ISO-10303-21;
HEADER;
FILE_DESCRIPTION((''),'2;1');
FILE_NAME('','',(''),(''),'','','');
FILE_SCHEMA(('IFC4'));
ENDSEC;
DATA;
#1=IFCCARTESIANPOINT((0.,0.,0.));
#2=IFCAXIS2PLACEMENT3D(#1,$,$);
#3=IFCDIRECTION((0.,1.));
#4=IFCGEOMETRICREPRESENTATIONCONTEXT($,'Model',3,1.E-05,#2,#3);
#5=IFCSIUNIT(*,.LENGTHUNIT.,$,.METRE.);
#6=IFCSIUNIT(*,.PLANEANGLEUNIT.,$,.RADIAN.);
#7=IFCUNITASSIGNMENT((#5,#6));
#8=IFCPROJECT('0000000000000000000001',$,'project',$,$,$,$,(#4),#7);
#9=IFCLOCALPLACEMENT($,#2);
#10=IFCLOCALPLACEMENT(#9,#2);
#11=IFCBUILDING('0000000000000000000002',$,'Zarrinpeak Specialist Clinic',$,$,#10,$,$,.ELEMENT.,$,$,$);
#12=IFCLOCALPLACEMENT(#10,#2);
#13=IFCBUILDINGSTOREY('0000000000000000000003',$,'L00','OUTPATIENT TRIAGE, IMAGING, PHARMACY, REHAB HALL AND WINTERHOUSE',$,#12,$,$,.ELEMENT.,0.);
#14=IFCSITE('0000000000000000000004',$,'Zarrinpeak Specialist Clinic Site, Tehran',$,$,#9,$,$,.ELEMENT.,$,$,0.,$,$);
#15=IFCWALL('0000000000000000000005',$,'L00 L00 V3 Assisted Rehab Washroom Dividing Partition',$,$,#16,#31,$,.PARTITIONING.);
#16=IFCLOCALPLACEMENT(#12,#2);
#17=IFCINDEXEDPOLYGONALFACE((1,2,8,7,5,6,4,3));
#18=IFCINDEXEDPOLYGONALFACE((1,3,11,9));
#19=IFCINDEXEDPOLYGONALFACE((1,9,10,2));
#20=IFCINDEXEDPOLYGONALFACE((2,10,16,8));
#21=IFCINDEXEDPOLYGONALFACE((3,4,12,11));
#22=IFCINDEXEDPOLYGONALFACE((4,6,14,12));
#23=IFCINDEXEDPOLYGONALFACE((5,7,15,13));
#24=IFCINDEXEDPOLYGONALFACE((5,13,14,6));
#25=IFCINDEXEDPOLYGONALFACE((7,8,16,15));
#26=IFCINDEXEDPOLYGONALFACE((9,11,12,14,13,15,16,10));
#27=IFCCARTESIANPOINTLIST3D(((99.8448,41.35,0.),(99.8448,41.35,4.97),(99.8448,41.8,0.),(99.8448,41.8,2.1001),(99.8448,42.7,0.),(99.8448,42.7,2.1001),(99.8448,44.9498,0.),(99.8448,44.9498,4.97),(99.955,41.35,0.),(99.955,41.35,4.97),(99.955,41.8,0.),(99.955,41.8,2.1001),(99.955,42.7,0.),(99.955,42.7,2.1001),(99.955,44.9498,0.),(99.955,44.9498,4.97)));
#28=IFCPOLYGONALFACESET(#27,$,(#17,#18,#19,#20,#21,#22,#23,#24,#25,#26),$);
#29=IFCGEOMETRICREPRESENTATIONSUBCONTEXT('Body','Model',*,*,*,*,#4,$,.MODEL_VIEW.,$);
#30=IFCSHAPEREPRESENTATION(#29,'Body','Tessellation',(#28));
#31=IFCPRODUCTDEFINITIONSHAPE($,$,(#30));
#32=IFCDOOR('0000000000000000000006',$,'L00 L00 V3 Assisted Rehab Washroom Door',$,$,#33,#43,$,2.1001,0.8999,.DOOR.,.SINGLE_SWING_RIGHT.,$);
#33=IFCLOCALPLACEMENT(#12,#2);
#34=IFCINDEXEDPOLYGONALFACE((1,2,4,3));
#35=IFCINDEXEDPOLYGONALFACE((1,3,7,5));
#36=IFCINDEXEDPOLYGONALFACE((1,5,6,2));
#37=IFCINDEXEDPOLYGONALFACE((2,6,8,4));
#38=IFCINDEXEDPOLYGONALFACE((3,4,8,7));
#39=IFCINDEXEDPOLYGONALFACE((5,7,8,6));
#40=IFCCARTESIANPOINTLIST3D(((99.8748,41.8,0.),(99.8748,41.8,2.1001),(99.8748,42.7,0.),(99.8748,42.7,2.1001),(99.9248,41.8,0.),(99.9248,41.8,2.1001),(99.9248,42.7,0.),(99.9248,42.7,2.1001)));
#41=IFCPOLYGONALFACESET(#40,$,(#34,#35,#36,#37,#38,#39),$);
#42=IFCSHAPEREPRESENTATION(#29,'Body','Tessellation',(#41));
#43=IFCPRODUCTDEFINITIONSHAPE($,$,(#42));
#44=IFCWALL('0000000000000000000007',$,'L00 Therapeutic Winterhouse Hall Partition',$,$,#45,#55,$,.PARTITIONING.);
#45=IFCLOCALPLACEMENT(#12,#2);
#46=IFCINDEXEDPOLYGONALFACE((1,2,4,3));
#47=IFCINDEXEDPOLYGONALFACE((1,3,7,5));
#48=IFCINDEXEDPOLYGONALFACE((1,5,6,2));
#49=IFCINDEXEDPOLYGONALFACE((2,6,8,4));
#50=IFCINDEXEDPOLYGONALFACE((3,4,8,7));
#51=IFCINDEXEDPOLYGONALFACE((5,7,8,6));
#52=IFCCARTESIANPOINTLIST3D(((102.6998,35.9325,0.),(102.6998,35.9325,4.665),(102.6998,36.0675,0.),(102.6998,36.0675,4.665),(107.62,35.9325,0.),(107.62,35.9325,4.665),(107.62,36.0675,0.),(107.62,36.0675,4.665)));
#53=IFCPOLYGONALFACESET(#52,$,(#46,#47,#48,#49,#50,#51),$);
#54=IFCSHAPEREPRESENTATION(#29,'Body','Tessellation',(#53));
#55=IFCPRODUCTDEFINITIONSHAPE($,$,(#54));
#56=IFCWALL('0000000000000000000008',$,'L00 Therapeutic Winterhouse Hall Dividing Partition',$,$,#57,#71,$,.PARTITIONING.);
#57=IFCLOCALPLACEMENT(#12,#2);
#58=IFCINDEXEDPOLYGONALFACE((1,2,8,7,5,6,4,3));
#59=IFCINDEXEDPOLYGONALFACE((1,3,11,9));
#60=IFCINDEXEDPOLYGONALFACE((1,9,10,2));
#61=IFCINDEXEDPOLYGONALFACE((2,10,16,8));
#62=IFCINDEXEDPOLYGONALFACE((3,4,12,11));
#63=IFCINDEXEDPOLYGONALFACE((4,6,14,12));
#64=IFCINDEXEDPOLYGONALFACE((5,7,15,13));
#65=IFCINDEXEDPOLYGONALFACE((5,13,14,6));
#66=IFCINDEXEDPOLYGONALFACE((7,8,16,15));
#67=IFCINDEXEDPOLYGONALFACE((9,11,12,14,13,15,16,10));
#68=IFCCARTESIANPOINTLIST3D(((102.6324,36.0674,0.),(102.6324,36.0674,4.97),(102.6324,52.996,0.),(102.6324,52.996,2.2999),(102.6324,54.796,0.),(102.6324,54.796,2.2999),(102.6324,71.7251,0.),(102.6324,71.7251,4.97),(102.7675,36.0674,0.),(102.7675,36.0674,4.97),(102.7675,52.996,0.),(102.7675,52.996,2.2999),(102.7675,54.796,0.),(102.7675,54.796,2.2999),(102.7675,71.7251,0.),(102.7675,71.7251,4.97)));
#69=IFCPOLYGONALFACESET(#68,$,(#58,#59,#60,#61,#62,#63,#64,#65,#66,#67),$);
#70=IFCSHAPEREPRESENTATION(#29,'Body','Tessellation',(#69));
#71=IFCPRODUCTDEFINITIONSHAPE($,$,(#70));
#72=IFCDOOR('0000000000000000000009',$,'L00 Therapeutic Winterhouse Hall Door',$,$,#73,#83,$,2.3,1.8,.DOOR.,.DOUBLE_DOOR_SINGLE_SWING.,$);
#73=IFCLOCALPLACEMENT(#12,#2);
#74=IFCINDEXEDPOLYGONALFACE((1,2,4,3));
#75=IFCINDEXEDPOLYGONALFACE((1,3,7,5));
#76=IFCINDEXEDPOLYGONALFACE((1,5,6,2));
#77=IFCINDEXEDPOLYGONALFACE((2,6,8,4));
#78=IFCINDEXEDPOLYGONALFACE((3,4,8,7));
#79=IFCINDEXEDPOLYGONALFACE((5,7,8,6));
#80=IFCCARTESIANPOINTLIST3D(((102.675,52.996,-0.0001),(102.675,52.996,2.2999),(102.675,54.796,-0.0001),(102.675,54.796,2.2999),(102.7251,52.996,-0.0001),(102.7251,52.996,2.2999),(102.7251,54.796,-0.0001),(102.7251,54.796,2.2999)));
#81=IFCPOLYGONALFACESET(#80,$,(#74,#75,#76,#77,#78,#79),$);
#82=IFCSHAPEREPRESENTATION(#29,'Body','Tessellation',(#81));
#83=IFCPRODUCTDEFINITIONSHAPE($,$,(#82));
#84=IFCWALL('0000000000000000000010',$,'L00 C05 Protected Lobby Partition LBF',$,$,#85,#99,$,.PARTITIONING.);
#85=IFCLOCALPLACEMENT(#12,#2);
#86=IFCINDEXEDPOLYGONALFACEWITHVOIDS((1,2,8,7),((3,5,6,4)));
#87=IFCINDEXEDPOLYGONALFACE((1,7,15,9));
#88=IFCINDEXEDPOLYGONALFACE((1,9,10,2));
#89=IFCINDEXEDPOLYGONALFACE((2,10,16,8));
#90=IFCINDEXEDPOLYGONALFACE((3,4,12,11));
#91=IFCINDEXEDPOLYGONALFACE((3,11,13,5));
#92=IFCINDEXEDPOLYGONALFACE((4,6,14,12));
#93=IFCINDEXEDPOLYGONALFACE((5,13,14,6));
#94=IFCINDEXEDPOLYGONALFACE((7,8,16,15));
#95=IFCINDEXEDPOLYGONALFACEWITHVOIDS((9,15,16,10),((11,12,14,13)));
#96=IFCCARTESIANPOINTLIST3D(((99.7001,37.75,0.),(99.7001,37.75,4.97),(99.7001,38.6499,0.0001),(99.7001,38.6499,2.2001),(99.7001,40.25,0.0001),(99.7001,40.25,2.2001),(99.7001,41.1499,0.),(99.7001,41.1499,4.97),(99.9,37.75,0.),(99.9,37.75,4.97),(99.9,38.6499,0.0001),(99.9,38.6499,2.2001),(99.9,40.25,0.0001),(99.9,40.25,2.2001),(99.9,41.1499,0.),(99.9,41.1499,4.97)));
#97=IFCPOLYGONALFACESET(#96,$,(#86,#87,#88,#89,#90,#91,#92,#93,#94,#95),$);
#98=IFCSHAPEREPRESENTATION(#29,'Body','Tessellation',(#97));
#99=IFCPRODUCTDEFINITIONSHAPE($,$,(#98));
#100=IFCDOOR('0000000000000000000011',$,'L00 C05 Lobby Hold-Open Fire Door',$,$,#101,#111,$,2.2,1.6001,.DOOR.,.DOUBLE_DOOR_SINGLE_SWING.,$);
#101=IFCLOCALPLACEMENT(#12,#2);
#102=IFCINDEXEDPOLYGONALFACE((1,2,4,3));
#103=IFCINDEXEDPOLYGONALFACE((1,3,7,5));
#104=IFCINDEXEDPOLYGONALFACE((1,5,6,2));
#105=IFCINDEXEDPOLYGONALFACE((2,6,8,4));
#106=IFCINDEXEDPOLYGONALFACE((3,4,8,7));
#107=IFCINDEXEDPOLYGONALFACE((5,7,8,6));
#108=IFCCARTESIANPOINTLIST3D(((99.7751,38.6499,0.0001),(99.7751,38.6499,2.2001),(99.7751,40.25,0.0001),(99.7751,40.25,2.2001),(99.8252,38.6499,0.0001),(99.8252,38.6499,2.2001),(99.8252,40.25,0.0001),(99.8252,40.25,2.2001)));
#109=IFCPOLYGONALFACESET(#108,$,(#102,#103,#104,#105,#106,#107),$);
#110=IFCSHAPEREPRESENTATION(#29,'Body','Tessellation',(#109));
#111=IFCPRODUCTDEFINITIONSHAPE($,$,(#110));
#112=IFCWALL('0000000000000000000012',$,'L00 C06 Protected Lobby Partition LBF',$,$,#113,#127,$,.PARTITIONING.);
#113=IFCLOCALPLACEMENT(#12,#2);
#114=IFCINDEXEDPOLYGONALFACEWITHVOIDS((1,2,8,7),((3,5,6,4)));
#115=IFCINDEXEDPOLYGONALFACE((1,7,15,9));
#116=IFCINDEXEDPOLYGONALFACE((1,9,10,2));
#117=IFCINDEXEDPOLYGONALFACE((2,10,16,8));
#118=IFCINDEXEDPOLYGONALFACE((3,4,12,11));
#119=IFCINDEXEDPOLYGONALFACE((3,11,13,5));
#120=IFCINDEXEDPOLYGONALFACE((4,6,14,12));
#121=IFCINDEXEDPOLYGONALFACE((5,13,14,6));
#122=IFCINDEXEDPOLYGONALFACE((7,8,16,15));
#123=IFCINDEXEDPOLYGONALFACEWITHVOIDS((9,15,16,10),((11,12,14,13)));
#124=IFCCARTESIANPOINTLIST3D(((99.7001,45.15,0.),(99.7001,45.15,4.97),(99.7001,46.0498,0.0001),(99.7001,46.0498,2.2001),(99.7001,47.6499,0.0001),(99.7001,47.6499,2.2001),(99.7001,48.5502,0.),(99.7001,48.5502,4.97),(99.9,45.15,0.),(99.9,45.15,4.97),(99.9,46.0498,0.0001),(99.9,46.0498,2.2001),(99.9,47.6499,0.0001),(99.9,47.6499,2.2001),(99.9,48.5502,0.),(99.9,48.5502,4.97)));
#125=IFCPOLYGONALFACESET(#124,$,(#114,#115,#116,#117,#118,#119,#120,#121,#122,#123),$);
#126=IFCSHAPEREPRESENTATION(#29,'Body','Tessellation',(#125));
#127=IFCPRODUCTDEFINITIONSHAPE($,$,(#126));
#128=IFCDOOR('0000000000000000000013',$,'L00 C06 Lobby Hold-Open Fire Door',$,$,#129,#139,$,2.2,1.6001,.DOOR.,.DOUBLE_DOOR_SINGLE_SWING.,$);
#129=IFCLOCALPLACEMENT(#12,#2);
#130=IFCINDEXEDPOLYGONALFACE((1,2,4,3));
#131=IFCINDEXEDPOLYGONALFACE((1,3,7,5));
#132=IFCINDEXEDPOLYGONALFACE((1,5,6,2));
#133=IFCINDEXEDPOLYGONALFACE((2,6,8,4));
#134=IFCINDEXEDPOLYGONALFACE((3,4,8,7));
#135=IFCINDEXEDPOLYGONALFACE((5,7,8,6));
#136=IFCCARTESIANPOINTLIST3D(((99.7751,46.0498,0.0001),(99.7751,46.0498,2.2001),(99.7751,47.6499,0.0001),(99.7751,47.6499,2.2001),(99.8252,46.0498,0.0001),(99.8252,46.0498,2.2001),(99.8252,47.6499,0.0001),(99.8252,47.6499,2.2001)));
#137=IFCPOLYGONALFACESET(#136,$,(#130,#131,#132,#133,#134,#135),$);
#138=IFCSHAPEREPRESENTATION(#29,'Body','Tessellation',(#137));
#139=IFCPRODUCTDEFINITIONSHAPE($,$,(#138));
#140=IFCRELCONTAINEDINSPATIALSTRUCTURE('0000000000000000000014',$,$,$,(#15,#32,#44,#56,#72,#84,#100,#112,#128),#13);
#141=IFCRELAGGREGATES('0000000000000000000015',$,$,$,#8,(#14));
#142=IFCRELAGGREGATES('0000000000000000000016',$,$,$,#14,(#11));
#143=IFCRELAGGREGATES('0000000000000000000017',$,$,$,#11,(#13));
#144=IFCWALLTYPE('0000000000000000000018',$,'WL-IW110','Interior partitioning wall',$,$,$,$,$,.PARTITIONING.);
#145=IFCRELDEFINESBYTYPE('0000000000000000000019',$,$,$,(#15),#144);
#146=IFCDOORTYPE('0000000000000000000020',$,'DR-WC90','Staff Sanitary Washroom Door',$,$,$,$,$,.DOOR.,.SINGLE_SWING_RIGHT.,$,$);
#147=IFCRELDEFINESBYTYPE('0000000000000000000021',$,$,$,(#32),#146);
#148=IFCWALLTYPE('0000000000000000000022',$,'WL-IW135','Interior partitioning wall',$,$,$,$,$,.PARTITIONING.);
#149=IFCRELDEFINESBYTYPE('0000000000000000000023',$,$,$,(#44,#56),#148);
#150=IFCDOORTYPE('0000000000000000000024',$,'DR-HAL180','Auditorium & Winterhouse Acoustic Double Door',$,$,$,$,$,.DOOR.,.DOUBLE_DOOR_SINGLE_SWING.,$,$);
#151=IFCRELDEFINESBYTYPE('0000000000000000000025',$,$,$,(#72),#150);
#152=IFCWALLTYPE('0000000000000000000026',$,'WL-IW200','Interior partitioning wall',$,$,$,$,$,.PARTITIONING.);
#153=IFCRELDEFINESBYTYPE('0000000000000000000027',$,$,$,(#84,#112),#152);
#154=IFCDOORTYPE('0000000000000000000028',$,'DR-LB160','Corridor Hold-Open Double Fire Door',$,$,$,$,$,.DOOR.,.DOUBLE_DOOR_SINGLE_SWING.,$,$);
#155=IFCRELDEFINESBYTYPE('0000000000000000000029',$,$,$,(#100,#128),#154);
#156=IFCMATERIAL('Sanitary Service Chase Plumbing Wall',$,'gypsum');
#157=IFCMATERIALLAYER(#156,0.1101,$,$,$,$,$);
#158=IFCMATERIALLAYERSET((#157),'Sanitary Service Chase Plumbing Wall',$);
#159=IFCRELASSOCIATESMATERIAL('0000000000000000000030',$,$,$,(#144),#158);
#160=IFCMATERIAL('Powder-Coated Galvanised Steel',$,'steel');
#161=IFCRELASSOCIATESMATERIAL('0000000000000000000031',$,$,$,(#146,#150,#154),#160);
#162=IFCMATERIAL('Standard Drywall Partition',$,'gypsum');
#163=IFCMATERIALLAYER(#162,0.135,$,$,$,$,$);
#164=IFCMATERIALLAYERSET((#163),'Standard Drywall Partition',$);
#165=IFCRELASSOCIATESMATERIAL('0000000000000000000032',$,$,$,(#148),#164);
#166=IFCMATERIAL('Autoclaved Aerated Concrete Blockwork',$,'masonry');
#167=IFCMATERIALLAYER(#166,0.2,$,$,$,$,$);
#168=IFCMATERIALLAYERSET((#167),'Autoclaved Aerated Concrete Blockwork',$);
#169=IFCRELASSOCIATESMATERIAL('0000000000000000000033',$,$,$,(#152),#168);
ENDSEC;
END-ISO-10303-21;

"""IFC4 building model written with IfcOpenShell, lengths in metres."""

from ifc_helpers import new_model, si_unit, direction, frame, frame_2d, origin, place, context, subcontext, project, spatial, rectangle, extrude, material, layer, layer_set, type_object, element, fill, save


model = new_model("IFC4")

# Units and contexts
model_context = context("Model", 3, precision=1e-05, world=origin(), true_north=direction((0.0, 1.0)))
body_context = subcontext(model_context, "Body", "Model", "MODEL_VIEW")
ifc_project = project(units=[si_unit("LENGTHUNIT", "METRE"), si_unit("PLANEANGLEUNIT", "RADIAN")], contexts=[model_context])

# Site, building, storey
site_placement = place(None, origin())
site = spatial("IfcSite", under=ifc_project, at=site_placement, Name="Zarrinpeak Specialist Clinic Site, Tehran", CompositionType="ELEMENT", RefElevation=0.0)
building_placement = place(site_placement, origin())
building = spatial("IfcBuilding", under=site, at=building_placement, Name="Zarrinpeak Specialist Clinic", CompositionType="ELEMENT")
storey_placement = place(building_placement, origin())
storey = spatial("IfcBuildingStorey", under=building, at=storey_placement, Name="L00", Description="OUTPATIENT TRIAGE, IMAGING, PHARMACY, REHAB HALL AND WINTERHOUSE", CompositionType="ELEMENT", Elevation=0.0)

# Shared definitions
ifc_material_1 = material(Name="Powder-Coated Galvanised Steel", Category="steel")

# Wall, opening, door
ifc_material_2 = material(Name="Sanitary Service Chase Plumbing Wall", Category="gypsum")
ifc_layer_1 = layer(ifc_material_2, 0.1101)
ifc_layer_set_1 = layer_set([ifc_layer_1], Name="Sanitary Service Chase Plumbing Wall")
wall_type_1 = type_object("IfcWallType", Name="WL-IW110", Description="Interior partitioning wall", PredefinedType="PARTITIONING", material=ifc_layer_set_1)
wall_1_placement = place(storey_placement, frame((99.8999, 41.3501, 0.0), z_axis=(0.0, 0.0, 1.0), x_axis=(0.0, 1.0, 0.0)))
wall_1 = element("IfcWall", 1, at=wall_1_placement, inside=storey, type_object=wall_type_1, Name="L00 L00 V3 Assisted Rehab Washroom Dividing Partition", PredefinedType="PARTITIONING", context=body_context, shape_type="SweptSolid", body=[
    extrude(rectangle(XDim=3.5999, YDim=0.1101, at=frame_2d((1.7998, 0.0))), origin(), (0.0, 0.0, 1.0), 4.97),
])
opening_1_placement = place(wall_1_placement, frame((0.45, 0.0, 0.0)))
opening_1 = element("IfcOpeningElement", 2, at=opening_1_placement, cuts=wall_1, PredefinedType="OPENING", context=body_context, shape_type="SweptSolid", body=[
    extrude(rectangle(XDim=0.8999, YDim=2.1001, at=frame_2d((0.45, 1.05))), frame((0.0, 0.0649, 0.0), z_axis=(0.0, -1.0, 0.0), x_axis=(1.0, 0.0, 0.0)), (0.0, 0.0, 1.0), 0.1301),
])
door_type_1 = type_object("IfcDoorType", Name="DR-WC90", Description="Staff Sanitary Washroom Door", OperationType="SINGLE_SWING_RIGHT", PredefinedType="DOOR", material=ifc_material_1)
door_1_placement = place(opening_1_placement, frame((0.8999, 0.0, 0.0), z_axis=(0.0, 0.0, 1.0), x_axis=(-1.0, 0.0, 0.0)))
door_1 = element("IfcDoor", 3, at=door_1_placement, inside=storey, type_object=door_type_1, Name="L00 L00 V3 Assisted Rehab Washroom Door", OperationType="SINGLE_SWING_RIGHT", OverallHeight=2.1001, OverallWidth=0.8999, PredefinedType="DOOR", context=body_context, shape_type="SweptSolid", body=[
    extrude(rectangle(XDim=0.8999, YDim=2.1001, at=frame_2d((0.45, 1.05))), frame((0.0, 0.0249, 0.0), z_axis=(0.0, -1.0, 0.0), x_axis=(1.0, 0.0, 0.0)), (0.0, 0.0, 1.0), 0.05),
])
fill(opening_1, door_1)

# Wall
ifc_material_3 = material(Name="Standard Drywall Partition", Category="gypsum")
ifc_layer_2 = layer(ifc_material_3, 0.135)
ifc_layer_set_2 = layer_set([ifc_layer_2], Name="Standard Drywall Partition")
wall_type_2 = type_object("IfcWallType", Name="WL-IW135", Description="Interior partitioning wall", PredefinedType="PARTITIONING", material=ifc_layer_set_2)
wall_2_placement = place(storey_placement, frame((102.7, 36.0, 0.0), z_axis=(0.0, 0.0, 1.0), x_axis=(1.0, 0.0, 0.0)))
element("IfcWall", 4, at=wall_2_placement, inside=storey, type_object=wall_type_2, Name="L00 Therapeutic Winterhouse Hall Partition", PredefinedType="PARTITIONING", context=body_context, shape_type="SweptSolid", body=[
    extrude(rectangle(XDim=4.9202, YDim=0.135, at=frame_2d((2.46, 0.0))), origin(), (0.0, 0.0, 1.0), 4.665),
])

# Walls, openings, doors
wall_3_placement = place(storey_placement, frame((102.7, 36.0674, 0.0), z_axis=(0.0, 0.0, 1.0), x_axis=(0.0, 1.0, 0.0)))
wall_3 = element("IfcWall", 5, at=wall_3_placement, inside=storey, type_object=wall_type_2, Name="L00 Therapeutic Winterhouse Hall Dividing Partition", PredefinedType="PARTITIONING", context=body_context, shape_type="SweptSolid", body=[
    extrude(rectangle(XDim=35.6577, YDim=0.135, at=frame_2d((17.8289, 0.0))), origin(), (0.0, 0.0, 1.0), 4.97),
])
opening_2_placement = place(wall_3_placement, frame((16.9287, 0.0, 0.0)))
opening_2 = element("IfcOpeningElement", 6, at=opening_2_placement, cuts=wall_3, PredefinedType="OPENING", context=body_context, shape_type="SweptSolid", body=[
    extrude(rectangle(XDim=1.8, YDim=2.3, at=frame_2d((0.8999, 1.1499))), frame((0.0, 0.0776, 0.0), z_axis=(0.0, -1.0, 0.0), x_axis=(1.0, 0.0, 0.0)), (0.0, 0.0, 1.0), 0.155),
])
door_type_2 = type_object("IfcDoorType", Name="DR-HAL180", Description="Auditorium & Winterhouse Acoustic Double Door", OperationType="DOUBLE_DOOR_SINGLE_SWING", PredefinedType="DOOR", material=ifc_material_1)
door_2_placement = place(opening_2_placement, origin())
door_2 = element("IfcDoor", 7, at=door_2_placement, inside=storey, type_object=door_type_2, Name="L00 Therapeutic Winterhouse Hall Door", OperationType="DOUBLE_DOOR_SINGLE_SWING", OverallHeight=2.3, OverallWidth=1.8, PredefinedType="DOOR", context=body_context, shape_type="SweptSolid", body=[
    extrude(rectangle(XDim=1.8, YDim=2.3, at=frame_2d((0.8999, 1.1499))), frame((0.0, 0.0249, 0.0), z_axis=(0.0, -1.0, 0.0), x_axis=(1.0, 0.0, 0.0)), (0.0, 0.0, 1.0), 0.05),
])
fill(opening_2, door_2)
ifc_material_4 = material(Name="Autoclaved Aerated Concrete Blockwork", Category="masonry")
ifc_layer_3 = layer(ifc_material_4, 0.2)
ifc_layer_set_3 = layer_set([ifc_layer_3], Name="Autoclaved Aerated Concrete Blockwork")
wall_type_3 = type_object("IfcWallType", Name="WL-IW200", Description="Interior partitioning wall", PredefinedType="PARTITIONING", material=ifc_layer_set_3)
wall_4_placement = place(storey_placement, frame((99.8, 37.75, 0.0), z_axis=(0.0, 0.0, 1.0), x_axis=(0.0, 1.0, 0.0)))
wall_4 = element("IfcWall", 8, at=wall_4_placement, inside=storey, type_object=wall_type_3, Name="L00 C05 Protected Lobby Partition LBF", PredefinedType="PARTITIONING", context=body_context, shape_type="SweptSolid", body=[
    extrude(rectangle(XDim=3.3999, YDim=0.2, at=frame_2d((1.7, 0.0))), origin(), (0.0, 0.0, 1.0), 4.97),
])
opening_3_placement = place(wall_4_placement, frame((0.8999, 0.0, 0.0)))
opening_3 = element("IfcOpeningElement", 9, at=opening_3_placement, cuts=wall_4, PredefinedType="OPENING", context=body_context, shape_type="SweptSolid", body=[
    extrude(rectangle(XDim=1.6001, YDim=2.2, at=frame_2d((0.8, 1.1001))), frame((0.0, 0.1099, 0.0), z_axis=(0.0, -1.0, 0.0), x_axis=(1.0, 0.0, 0.0)), (0.0, 0.0, 1.0), 0.22),
])
door_type_3 = type_object("IfcDoorType", Name="DR-LB160", Description="Corridor Hold-Open Double Fire Door", OperationType="DOUBLE_DOOR_SINGLE_SWING", PredefinedType="DOOR", material=ifc_material_1)
door_3_placement = place(opening_3_placement, origin())
door_3 = element("IfcDoor", 10, at=door_3_placement, inside=storey, type_object=door_type_3, Name="L00 C05 Lobby Hold-Open Fire Door", OperationType="DOUBLE_DOOR_SINGLE_SWING", OverallHeight=2.2, OverallWidth=1.6001, PredefinedType="DOOR", context=body_context, shape_type="SweptSolid", body=[
    extrude(rectangle(XDim=1.6001, YDim=2.2, at=frame_2d((0.8, 1.1001))), frame((0.0, 0.0249, 0.0), z_axis=(0.0, -1.0, 0.0), x_axis=(1.0, 0.0, 0.0)), (0.0, 0.0, 1.0), 0.05),
])
fill(opening_3, door_3)
wall_5_placement = place(storey_placement, frame((99.8, 45.1499, 0.0), z_axis=(0.0, 0.0, 1.0), x_axis=(0.0, 1.0, 0.0)))
wall_5 = element("IfcWall", 11, at=wall_5_placement, inside=storey, type_object=wall_type_3, Name="L00 C06 Protected Lobby Partition LBF", PredefinedType="PARTITIONING", context=body_context, shape_type="SweptSolid", body=[
    extrude(rectangle(XDim=3.4001, YDim=0.2, at=frame_2d((1.7002, 0.0))), origin(), (0.0, 0.0, 1.0), 4.97),
])
opening_4_placement = place(wall_5_placement, frame((0.8999, 0.0, 0.0)))
opening_4 = element("IfcOpeningElement", 12, at=opening_4_placement, cuts=wall_5, PredefinedType="OPENING", context=body_context, shape_type="SweptSolid", body=[
    extrude(rectangle(XDim=1.6001, YDim=2.2, at=frame_2d((0.8, 1.1001))), frame((0.0, 0.1099, 0.0), z_axis=(0.0, -1.0, 0.0), x_axis=(1.0, 0.0, 0.0)), (0.0, 0.0, 1.0), 0.22),
])
door_4_placement = place(opening_4_placement, origin())
door_4 = element("IfcDoor", 13, at=door_4_placement, inside=storey, type_object=door_type_3, Name="L00 C06 Lobby Hold-Open Fire Door", OperationType="DOUBLE_DOOR_SINGLE_SWING", OverallHeight=2.2, OverallWidth=1.6001, PredefinedType="DOOR", context=body_context, shape_type="SweptSolid", body=[
    extrude(rectangle(XDim=1.6001, YDim=2.2, at=frame_2d((0.8, 1.1001))), frame((0.0, 0.0249, 0.0), z_axis=(0.0, -1.0, 0.0), x_axis=(1.0, 0.0, 0.0)), (0.0, 0.0, 1.0), 0.05),
])
fill(opening_4, door_4)

save(model, "model.ifc")
